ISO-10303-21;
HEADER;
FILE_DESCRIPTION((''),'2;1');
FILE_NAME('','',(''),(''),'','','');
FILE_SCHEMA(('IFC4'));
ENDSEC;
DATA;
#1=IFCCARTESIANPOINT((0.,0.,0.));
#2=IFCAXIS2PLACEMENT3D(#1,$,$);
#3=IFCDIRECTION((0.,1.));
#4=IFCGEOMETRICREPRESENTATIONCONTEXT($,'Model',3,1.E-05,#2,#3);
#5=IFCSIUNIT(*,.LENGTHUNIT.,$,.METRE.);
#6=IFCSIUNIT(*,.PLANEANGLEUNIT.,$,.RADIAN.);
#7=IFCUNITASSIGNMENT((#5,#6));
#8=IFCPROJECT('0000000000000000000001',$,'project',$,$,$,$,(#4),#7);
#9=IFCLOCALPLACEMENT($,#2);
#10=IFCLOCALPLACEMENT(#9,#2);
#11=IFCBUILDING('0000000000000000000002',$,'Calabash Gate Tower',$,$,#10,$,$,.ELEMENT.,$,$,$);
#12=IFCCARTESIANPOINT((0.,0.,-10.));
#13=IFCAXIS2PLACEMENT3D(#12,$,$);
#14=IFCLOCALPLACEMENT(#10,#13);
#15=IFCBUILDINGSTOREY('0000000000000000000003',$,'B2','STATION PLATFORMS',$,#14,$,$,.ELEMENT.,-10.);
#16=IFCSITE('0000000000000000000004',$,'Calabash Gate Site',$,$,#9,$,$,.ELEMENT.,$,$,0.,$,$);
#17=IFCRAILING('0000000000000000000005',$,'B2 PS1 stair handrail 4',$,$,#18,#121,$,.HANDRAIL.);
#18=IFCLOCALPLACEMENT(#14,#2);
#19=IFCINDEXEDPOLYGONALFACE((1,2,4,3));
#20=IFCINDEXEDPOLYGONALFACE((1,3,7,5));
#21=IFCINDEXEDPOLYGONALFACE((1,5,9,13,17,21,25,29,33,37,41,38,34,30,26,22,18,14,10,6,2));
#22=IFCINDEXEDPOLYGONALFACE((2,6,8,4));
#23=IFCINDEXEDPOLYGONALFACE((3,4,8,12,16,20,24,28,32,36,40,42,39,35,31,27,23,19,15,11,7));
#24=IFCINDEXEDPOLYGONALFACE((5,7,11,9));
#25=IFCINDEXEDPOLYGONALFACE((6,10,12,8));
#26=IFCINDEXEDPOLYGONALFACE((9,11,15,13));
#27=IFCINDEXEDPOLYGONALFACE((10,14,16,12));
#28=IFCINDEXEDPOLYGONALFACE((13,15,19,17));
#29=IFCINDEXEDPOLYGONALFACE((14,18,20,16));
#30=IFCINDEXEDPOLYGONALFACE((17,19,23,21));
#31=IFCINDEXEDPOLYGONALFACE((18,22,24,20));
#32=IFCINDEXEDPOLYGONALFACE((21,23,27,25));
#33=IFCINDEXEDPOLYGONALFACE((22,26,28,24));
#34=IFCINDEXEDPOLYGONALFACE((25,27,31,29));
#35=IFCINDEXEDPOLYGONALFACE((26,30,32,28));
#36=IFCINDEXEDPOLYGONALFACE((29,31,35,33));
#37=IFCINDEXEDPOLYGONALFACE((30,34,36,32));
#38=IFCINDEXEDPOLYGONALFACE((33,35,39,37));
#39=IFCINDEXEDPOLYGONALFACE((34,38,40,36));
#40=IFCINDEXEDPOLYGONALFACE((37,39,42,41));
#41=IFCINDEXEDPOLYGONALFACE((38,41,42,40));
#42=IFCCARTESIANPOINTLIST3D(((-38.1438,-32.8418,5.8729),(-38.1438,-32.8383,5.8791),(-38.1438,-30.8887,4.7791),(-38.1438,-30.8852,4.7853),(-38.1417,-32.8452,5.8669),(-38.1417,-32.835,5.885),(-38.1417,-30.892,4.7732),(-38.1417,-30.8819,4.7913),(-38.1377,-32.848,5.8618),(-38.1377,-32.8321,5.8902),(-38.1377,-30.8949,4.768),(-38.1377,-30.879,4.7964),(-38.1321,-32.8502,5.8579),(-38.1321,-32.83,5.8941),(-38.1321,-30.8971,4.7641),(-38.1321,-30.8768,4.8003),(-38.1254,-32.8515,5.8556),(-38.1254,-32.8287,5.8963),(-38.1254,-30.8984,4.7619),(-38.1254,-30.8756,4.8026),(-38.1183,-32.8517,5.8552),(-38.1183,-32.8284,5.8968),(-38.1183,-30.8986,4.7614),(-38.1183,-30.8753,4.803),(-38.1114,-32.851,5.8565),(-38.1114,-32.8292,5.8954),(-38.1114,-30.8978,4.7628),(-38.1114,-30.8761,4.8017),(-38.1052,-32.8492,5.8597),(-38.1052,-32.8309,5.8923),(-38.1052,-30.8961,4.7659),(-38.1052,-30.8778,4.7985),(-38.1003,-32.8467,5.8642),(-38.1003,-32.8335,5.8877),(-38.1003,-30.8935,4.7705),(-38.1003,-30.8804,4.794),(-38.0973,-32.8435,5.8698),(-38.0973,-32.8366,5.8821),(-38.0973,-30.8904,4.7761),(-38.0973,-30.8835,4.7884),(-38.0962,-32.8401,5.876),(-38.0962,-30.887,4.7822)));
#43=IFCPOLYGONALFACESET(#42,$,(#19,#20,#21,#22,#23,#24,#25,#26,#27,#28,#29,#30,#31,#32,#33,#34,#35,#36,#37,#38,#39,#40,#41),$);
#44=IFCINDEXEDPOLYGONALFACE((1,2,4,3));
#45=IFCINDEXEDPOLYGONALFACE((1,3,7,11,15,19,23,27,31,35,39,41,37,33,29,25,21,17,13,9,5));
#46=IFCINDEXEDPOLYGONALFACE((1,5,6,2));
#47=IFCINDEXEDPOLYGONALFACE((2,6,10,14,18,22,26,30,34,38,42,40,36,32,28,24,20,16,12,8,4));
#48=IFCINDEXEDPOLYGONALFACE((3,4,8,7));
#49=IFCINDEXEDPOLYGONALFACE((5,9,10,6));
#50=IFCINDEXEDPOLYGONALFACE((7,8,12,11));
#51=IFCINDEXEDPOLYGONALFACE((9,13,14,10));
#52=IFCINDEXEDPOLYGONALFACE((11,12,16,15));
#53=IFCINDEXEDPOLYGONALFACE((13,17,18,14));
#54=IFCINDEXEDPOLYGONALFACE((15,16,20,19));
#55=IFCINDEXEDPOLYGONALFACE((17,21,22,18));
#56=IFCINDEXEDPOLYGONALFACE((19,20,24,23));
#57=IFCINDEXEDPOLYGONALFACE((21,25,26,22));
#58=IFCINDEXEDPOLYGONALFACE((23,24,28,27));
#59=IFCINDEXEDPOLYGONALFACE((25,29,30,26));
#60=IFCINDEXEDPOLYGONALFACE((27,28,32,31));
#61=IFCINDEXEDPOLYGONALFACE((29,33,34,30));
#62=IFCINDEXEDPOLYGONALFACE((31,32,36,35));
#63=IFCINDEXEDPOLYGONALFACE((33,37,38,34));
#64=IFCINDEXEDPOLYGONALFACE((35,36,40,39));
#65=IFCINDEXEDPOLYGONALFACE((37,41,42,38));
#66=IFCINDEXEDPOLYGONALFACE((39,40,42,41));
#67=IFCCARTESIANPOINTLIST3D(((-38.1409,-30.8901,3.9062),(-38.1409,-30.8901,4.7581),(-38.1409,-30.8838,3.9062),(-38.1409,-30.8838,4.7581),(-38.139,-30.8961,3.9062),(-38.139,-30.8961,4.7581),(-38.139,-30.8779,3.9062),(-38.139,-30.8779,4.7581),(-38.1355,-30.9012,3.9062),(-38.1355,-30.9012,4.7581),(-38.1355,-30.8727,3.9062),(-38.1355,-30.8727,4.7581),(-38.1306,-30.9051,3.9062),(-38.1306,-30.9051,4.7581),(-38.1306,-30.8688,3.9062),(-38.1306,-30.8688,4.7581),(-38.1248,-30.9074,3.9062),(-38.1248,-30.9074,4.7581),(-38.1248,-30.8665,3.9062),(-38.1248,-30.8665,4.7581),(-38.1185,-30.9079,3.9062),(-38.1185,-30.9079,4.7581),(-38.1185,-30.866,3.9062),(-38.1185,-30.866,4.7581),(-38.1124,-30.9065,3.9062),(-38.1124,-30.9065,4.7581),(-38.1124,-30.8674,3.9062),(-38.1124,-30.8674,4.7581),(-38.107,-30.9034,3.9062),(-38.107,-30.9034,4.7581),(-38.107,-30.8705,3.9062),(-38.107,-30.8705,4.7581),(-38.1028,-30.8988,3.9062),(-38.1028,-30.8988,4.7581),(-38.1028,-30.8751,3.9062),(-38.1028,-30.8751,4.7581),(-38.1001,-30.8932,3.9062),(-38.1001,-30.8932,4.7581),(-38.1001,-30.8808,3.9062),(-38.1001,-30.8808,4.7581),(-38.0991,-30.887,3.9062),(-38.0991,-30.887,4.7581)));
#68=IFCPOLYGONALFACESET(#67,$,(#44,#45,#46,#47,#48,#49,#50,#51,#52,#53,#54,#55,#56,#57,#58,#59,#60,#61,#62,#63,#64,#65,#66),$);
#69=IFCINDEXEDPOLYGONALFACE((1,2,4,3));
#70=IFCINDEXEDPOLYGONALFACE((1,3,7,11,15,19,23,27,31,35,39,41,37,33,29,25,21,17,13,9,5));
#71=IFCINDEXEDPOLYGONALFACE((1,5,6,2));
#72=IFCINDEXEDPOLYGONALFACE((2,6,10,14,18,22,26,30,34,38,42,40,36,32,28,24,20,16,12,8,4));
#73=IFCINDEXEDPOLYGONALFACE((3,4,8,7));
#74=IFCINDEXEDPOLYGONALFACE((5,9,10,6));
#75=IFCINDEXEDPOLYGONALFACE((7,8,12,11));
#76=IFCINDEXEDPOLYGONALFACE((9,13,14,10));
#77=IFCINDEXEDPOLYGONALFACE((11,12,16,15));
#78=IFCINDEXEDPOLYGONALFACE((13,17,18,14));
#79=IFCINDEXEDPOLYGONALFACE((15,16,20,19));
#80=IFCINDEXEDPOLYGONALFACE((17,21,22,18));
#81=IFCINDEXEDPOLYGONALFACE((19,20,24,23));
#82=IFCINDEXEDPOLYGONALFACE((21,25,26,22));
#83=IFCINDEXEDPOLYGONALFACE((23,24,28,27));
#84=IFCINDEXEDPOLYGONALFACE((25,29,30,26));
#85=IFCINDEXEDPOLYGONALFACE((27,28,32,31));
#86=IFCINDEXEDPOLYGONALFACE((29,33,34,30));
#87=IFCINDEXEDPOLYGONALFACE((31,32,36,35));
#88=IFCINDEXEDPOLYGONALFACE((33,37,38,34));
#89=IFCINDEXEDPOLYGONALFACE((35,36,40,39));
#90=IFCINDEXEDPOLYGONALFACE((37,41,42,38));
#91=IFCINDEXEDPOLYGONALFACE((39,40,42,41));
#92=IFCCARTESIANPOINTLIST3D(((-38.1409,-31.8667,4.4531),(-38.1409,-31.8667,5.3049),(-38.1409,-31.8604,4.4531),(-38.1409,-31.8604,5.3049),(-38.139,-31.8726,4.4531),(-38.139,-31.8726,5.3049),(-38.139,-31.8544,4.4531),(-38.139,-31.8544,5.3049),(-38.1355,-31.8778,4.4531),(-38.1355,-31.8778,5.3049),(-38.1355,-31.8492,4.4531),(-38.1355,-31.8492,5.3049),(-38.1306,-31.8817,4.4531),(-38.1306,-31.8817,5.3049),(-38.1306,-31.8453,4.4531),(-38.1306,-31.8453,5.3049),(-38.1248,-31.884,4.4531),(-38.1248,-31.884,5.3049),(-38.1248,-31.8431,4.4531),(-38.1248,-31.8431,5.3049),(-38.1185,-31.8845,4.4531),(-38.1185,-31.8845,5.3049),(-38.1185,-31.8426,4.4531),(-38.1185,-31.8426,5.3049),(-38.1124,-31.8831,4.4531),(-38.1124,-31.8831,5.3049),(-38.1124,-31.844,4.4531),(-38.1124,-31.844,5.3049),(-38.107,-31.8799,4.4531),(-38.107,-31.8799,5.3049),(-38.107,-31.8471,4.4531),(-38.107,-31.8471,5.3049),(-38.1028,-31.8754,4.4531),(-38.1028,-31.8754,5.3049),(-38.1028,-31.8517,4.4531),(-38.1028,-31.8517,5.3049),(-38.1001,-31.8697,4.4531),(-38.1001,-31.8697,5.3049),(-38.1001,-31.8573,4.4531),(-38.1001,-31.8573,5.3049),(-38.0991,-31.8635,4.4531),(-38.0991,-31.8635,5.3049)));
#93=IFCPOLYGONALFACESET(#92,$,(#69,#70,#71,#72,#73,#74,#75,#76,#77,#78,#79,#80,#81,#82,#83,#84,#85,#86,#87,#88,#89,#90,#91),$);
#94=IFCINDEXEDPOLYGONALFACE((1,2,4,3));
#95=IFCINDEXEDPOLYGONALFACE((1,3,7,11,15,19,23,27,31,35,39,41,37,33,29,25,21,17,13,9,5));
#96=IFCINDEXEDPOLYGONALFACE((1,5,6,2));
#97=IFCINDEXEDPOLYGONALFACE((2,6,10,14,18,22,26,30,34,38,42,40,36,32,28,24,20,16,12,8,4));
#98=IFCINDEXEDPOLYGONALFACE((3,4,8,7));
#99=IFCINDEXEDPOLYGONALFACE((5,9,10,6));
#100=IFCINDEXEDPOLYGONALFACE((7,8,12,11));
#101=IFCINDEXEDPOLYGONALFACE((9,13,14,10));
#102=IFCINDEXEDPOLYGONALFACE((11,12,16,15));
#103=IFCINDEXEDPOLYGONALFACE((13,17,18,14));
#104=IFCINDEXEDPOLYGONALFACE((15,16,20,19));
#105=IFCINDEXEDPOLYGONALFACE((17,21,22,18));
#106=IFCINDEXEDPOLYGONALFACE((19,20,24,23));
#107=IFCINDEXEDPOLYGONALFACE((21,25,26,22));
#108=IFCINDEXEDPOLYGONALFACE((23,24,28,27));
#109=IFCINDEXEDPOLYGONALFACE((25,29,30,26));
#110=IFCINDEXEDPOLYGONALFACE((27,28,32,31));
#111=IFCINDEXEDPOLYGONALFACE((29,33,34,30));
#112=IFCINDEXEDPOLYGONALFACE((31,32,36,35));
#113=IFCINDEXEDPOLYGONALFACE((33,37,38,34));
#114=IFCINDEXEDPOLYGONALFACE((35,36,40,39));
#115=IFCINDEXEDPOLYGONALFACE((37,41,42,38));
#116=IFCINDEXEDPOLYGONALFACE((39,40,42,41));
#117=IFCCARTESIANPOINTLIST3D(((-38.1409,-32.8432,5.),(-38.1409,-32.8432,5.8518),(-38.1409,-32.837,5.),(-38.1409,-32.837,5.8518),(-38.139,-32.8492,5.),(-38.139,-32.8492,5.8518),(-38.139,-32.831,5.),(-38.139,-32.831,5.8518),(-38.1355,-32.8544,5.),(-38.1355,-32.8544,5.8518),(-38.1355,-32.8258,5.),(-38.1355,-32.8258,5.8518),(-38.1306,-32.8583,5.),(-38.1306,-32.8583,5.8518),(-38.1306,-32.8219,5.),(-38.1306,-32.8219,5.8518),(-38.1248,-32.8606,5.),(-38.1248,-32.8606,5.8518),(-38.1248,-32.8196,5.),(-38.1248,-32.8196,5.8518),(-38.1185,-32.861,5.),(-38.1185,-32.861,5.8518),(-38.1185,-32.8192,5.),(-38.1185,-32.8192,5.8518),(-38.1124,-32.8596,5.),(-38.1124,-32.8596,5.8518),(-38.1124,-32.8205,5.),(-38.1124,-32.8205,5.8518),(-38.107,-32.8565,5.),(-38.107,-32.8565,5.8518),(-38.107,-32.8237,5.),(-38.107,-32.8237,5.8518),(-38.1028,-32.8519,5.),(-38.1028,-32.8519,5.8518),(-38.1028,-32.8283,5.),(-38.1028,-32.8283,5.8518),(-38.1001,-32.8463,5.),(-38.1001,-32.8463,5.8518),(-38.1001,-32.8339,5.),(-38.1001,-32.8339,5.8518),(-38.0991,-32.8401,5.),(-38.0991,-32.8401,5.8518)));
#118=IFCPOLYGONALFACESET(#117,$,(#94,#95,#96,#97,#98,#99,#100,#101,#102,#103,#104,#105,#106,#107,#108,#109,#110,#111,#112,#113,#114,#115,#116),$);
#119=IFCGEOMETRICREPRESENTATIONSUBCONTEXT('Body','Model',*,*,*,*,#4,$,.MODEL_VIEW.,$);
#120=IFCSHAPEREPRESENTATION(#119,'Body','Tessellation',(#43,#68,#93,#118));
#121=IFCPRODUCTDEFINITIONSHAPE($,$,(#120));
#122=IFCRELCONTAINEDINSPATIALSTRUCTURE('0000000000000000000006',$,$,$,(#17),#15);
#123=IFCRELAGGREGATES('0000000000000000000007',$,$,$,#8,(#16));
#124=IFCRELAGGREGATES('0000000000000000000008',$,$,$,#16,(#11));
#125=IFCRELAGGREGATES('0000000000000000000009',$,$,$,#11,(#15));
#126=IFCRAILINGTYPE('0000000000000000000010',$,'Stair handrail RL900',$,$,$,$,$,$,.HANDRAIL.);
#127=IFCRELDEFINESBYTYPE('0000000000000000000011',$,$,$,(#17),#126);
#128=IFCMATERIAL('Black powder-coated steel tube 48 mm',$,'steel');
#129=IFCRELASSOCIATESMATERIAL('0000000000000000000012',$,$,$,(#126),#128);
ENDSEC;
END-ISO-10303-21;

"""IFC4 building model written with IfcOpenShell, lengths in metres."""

from ifc_helpers import new_model, si_unit, direction, frame, origin, origin_2d, place, context, subcontext, project, spatial, circle, extrude, material, type_object, element, save


model = new_model("IFC4")

# Units and contexts
model_context = context("Model", 3, precision=1e-05, world=origin(), true_north=direction((0.0, 1.0)))
body_context = subcontext(model_context, "Body", "Model", "MODEL_VIEW")
ifc_project = project(units=[si_unit("LENGTHUNIT", "METRE"), si_unit("PLANEANGLEUNIT", "RADIAN")], contexts=[model_context])

# Site, building, storey
site_placement = place(None, origin())
site = spatial("IfcSite", under=ifc_project, at=site_placement, Name="Calabash Gate Site", CompositionType="ELEMENT", RefElevation=0.0)
building_placement = place(site_placement, origin())
building = spatial("IfcBuilding", under=site, at=building_placement, Name="Calabash Gate Tower", CompositionType="ELEMENT")
storey_placement = place(building_placement, frame((0.0, 0.0, -10.0)))
storey = spatial("IfcBuildingStorey", under=building, at=storey_placement, Name="B2", Description="STATION PLATFORMS", CompositionType="ELEMENT", Elevation=-10.0)

# Railing
ifc_material_1 = material(Name="Black powder-coated steel tube 48 mm", Category="steel")
railing_type_1 = type_object("IfcRailingType", Name="Stair handrail RL900", PredefinedType="HANDRAIL", material=ifc_material_1)
for number, where, name in (
    (1, (-38.1201, -30.887, 3.9062), "B2 PS1 stair handrail 4"),
):
    element("IfcRailing", number, at=place(storey_placement, frame(where)), inside=storey, type_object=railing_type_1, Name=name, PredefinedType="HANDRAIL", context=body_context, shape_type="SweptSolid", body=[
        extrude(circle(Radius=0.0239, at=origin_2d()), frame((0.0, 0.0, 0.876), z_axis=(0.0, -0.872506, 0.488603), x_axis=(1.0, 0.0, 0.0)), (0.0, 0.0, 1.0), 2.2385),
        extrude(circle(Radius=0.021, at=origin_2d()), origin(), (0.0, 0.0, 1.0), 0.8518),
        extrude(circle(Radius=0.021, at=origin_2d()), frame((0.0, -0.9766, 0.5469)), (0.0, 0.0, 1.0), 0.8518),
        extrude(circle(Radius=0.021, at=origin_2d()), frame((0.0, -1.9531, 1.0938)), (0.0, 0.0, 1.0), 0.8518),
    ])

save(model, "model.ifc")
